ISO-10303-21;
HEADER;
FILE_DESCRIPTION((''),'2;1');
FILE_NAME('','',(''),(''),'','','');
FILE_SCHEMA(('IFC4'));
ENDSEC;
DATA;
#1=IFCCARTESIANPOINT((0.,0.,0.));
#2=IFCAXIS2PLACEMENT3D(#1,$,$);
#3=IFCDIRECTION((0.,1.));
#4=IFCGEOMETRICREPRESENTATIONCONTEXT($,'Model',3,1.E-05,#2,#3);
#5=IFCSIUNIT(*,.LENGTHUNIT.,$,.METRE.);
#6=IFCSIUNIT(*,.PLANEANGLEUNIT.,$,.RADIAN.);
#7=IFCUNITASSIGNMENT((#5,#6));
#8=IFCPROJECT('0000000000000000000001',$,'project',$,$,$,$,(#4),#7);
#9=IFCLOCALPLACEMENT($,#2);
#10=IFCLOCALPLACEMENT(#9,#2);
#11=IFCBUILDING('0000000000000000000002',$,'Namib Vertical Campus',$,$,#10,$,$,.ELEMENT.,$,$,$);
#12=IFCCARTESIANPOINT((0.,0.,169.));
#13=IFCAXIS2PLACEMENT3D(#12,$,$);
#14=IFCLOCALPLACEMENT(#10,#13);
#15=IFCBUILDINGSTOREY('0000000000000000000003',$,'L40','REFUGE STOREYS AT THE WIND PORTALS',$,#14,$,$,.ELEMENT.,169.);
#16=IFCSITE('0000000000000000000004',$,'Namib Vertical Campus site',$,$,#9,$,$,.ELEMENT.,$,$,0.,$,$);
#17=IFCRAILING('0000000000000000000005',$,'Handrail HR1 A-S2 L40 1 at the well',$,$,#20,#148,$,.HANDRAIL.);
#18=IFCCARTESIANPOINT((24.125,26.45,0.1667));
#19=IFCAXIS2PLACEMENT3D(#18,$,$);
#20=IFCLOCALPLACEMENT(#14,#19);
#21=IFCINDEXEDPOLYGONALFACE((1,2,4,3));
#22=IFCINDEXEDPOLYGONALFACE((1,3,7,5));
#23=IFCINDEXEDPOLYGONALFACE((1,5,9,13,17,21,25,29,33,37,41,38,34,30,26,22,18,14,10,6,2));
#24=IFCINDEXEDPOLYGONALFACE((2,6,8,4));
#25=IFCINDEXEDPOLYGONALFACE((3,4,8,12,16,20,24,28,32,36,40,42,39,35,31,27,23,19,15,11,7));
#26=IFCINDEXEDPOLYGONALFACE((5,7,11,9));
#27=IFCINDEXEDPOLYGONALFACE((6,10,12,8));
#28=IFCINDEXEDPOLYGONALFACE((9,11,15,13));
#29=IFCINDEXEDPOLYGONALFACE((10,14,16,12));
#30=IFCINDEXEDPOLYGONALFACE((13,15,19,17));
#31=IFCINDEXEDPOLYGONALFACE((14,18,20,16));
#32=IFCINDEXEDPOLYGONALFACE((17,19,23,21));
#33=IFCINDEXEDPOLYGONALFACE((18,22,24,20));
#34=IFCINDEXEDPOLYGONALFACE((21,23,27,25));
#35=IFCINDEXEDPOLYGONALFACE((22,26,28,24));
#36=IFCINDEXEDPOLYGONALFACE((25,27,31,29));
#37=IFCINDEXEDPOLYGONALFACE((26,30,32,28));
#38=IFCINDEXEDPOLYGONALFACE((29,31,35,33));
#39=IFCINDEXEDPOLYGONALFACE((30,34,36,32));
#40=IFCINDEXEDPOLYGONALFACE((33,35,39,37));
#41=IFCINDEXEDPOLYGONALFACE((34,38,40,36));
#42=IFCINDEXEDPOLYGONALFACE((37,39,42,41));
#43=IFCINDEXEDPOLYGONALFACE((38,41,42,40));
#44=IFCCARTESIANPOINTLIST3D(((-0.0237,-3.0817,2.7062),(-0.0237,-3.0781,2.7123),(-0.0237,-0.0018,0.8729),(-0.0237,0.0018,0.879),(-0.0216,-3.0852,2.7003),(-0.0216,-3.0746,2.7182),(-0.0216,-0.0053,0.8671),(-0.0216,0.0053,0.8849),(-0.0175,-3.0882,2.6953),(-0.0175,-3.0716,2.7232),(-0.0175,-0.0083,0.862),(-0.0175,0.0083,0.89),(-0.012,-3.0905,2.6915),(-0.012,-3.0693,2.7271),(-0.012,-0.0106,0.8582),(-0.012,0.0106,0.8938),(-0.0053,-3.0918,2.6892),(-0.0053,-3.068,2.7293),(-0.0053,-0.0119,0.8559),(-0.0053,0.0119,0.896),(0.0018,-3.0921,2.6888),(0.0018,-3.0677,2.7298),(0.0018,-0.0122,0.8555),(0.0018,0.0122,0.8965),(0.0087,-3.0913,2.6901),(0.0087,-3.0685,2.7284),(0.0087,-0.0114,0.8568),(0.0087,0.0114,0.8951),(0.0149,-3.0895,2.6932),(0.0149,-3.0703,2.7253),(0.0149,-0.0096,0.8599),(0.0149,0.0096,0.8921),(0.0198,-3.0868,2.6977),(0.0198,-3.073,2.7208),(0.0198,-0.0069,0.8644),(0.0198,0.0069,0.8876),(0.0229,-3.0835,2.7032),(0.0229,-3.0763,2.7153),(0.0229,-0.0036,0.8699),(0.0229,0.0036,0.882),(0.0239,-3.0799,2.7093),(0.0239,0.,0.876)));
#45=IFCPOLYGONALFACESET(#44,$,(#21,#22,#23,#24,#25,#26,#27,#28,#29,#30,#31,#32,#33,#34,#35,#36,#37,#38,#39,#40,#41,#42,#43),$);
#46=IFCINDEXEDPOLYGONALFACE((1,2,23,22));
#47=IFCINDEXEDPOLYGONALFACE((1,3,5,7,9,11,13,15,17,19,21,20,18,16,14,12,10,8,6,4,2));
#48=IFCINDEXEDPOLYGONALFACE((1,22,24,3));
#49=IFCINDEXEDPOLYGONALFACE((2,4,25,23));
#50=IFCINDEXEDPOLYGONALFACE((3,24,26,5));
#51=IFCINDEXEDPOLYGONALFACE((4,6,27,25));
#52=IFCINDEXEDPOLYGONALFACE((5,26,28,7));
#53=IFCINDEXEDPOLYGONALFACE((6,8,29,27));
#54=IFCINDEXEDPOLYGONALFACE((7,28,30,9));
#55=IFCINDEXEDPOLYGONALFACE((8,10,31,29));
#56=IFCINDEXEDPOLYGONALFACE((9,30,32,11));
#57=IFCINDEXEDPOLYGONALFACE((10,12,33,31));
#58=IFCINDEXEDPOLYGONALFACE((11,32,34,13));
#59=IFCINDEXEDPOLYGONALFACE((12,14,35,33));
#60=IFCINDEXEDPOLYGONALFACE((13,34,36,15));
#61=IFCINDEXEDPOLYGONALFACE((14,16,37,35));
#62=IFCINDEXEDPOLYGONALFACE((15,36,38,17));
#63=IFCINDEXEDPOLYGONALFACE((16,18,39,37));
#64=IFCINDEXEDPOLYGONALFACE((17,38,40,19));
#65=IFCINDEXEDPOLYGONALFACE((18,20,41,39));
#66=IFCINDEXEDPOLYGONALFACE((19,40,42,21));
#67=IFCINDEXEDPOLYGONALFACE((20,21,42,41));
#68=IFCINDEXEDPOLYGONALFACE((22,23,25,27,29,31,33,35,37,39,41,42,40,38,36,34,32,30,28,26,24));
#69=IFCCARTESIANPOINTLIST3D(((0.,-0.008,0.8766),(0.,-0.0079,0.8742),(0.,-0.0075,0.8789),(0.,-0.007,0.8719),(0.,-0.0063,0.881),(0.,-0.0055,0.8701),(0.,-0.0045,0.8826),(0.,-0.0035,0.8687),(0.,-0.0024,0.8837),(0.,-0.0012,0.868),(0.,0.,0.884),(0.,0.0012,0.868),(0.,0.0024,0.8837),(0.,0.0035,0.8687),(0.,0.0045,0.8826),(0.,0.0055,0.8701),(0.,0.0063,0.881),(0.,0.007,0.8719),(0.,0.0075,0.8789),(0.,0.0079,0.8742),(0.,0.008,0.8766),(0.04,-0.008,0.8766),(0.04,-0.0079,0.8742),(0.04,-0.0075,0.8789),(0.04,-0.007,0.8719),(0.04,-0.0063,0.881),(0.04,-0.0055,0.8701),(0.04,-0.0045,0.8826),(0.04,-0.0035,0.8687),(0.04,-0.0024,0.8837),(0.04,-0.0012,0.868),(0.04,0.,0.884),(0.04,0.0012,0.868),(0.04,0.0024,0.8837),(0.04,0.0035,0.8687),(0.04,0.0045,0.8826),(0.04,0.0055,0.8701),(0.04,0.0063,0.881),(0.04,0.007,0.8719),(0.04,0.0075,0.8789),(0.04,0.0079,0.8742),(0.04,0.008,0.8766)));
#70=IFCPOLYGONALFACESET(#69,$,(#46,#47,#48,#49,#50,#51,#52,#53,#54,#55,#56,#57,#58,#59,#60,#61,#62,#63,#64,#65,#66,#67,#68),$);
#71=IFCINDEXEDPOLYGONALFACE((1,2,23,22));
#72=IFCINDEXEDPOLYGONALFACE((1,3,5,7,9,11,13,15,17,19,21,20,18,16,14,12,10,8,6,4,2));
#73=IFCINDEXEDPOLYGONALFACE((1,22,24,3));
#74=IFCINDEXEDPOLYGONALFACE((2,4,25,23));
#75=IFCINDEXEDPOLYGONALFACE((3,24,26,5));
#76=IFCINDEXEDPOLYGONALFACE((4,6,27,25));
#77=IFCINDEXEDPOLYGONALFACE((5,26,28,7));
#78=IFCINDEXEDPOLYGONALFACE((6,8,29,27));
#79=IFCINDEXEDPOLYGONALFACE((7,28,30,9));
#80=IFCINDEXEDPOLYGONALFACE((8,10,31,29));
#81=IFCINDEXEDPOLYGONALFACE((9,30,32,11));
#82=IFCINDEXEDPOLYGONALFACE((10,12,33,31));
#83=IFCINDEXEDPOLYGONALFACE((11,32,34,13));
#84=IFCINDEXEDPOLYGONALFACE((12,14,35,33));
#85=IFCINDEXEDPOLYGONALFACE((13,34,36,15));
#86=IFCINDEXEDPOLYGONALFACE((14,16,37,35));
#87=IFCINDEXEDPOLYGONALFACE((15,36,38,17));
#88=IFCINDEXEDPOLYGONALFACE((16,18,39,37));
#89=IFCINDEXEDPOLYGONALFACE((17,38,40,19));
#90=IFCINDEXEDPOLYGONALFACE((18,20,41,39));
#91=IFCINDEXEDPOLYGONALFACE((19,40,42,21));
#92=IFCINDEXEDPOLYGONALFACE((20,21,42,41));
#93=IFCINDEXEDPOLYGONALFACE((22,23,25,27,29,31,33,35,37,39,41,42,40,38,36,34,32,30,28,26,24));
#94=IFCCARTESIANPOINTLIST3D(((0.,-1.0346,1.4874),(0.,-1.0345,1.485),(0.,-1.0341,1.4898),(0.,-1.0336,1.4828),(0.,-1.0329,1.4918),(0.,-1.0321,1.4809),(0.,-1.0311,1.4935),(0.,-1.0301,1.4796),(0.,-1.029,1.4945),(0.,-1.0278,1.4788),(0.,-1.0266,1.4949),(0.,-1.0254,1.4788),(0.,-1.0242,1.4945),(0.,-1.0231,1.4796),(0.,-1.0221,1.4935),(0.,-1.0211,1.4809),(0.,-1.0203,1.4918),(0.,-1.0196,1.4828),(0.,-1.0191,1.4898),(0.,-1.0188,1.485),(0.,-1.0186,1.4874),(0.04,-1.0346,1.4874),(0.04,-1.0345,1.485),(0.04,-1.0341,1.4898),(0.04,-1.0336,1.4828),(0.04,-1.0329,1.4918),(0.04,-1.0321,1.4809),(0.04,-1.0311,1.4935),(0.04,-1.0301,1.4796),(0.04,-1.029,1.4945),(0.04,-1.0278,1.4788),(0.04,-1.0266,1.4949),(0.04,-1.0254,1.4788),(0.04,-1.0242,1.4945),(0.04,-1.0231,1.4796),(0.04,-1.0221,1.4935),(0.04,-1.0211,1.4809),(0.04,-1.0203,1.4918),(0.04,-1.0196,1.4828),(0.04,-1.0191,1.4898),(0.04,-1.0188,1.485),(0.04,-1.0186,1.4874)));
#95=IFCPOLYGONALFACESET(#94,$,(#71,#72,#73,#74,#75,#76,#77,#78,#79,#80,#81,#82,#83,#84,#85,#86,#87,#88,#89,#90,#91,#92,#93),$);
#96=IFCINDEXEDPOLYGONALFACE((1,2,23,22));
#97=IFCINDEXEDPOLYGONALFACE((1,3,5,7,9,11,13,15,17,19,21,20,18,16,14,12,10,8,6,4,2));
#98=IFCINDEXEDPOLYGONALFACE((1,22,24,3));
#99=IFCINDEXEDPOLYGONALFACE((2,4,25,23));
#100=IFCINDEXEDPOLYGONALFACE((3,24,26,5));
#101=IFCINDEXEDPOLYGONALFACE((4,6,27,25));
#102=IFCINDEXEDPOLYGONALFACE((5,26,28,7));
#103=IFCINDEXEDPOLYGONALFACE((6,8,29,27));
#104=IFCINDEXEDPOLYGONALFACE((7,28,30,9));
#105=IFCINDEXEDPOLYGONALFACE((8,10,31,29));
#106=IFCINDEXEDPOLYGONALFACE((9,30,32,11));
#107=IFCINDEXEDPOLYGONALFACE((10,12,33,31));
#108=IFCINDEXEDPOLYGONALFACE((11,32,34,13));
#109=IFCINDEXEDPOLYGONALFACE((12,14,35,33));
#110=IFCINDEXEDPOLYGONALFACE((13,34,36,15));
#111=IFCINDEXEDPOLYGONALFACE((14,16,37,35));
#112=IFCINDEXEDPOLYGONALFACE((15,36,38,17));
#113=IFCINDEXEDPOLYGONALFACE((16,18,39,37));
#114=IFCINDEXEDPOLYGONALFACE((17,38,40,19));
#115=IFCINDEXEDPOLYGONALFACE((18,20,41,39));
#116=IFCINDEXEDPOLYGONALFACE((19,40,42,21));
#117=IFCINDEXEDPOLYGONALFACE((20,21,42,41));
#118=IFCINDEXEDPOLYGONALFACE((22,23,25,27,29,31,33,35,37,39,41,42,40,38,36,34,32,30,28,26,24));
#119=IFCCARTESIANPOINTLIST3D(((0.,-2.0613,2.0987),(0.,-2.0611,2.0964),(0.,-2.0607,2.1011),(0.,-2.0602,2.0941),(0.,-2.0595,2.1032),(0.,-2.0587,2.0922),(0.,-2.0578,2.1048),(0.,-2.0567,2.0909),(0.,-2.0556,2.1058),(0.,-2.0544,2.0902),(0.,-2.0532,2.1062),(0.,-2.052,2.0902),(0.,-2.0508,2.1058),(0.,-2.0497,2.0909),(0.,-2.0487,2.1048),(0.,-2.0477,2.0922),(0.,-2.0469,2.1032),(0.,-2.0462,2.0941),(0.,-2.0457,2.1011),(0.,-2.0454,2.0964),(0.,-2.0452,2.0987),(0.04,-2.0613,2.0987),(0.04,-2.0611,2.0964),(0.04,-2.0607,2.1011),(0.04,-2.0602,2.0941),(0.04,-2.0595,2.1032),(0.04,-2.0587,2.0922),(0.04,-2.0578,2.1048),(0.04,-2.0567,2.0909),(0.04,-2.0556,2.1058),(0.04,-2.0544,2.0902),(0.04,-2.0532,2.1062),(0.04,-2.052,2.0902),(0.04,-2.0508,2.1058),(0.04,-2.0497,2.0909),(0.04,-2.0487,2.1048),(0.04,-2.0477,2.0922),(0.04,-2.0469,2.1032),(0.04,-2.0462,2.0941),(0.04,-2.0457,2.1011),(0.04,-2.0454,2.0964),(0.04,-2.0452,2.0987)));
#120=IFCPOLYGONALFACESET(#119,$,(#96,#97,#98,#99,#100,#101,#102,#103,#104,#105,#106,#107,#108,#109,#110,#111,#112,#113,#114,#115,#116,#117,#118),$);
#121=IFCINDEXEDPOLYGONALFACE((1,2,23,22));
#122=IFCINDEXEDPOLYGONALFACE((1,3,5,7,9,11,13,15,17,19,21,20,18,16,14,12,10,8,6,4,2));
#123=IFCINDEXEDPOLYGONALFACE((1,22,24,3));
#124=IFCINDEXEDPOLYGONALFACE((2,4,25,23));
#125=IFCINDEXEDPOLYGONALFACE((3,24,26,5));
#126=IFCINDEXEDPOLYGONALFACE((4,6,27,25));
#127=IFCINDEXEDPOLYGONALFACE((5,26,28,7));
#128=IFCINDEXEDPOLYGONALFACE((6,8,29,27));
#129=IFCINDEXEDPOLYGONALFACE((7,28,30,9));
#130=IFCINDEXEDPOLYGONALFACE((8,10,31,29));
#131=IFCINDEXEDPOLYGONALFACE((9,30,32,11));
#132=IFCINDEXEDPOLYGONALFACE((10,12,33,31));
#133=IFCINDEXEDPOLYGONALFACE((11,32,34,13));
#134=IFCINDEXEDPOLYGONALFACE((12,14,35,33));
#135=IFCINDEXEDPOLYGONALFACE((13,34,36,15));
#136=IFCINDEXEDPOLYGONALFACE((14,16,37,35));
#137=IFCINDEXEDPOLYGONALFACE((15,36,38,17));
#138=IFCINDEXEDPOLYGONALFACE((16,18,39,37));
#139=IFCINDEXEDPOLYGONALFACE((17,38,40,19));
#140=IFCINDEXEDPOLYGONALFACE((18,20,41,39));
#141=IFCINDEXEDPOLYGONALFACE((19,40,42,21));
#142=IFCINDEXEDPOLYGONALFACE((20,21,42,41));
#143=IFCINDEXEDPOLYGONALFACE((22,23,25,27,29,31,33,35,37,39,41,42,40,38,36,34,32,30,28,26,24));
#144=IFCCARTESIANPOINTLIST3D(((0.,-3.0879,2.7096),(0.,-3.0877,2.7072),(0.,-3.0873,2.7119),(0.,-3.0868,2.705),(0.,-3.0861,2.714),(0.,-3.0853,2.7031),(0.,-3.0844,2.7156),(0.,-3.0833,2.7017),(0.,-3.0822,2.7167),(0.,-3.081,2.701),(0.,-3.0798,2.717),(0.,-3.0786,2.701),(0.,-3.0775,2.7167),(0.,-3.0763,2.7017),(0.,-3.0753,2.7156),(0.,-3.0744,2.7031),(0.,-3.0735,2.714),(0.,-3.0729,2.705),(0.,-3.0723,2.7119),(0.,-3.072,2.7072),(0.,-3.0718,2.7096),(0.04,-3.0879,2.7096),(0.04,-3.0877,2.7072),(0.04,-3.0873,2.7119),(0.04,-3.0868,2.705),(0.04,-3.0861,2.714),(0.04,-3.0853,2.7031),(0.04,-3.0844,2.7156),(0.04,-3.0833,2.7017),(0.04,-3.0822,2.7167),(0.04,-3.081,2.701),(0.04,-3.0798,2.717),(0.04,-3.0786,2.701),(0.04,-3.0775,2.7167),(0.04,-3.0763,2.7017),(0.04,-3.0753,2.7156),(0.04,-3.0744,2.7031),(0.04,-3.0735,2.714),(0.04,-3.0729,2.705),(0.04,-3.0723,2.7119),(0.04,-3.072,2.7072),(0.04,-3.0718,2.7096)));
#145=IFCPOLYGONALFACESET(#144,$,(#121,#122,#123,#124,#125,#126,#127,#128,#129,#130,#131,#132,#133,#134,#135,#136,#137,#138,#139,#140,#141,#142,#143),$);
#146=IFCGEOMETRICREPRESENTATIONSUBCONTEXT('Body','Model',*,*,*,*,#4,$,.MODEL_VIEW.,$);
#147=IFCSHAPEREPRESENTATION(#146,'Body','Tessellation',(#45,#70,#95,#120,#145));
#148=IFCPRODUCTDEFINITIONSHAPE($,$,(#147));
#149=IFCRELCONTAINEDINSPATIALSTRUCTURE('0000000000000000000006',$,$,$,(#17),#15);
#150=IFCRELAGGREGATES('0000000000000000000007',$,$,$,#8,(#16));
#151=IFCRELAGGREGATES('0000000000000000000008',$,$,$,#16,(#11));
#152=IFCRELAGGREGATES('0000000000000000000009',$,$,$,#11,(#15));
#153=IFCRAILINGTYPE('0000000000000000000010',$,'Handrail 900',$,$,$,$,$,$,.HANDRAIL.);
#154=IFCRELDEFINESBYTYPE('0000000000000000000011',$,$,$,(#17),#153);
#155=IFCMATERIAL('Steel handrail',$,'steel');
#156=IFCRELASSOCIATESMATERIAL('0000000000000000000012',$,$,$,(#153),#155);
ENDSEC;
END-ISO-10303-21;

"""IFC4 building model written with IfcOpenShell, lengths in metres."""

from ifc_helpers import new_model, si_unit, direction, frame, origin, origin_2d, place, context, subcontext, project, spatial, circle, extrude, material, type_object, element, save


model = new_model("IFC4")

# Units and contexts
model_context = context("Model", 3, precision=1e-05, world=origin(), true_north=direction((0.0, 1.0)))
body_context = subcontext(model_context, "Body", "Model", "MODEL_VIEW")
ifc_project = project(units=[si_unit("LENGTHUNIT", "METRE"), si_unit("PLANEANGLEUNIT", "RADIAN")], contexts=[model_context])

# Site, building, storey
site_placement = place(None, origin())
site = spatial("IfcSite", under=ifc_project, at=site_placement, Name="Namib Vertical Campus site", CompositionType="ELEMENT", RefElevation=0.0)
building_placement = place(site_placement, origin())
building = spatial("IfcBuilding", under=site, at=building_placement, Name="Namib Vertical Campus", CompositionType="ELEMENT")
storey_placement = place(building_placement, frame((0.0, 0.0, 169.0)))
storey = spatial("IfcBuildingStorey", under=building, at=storey_placement, Name="L40", Description="REFUGE STOREYS AT THE WIND PORTALS", CompositionType="ELEMENT", Elevation=169.0)

# Railing
ifc_material_1 = material(Name="Steel handrail", Category="steel")
railing_type_1 = type_object("IfcRailingType", Name="Handrail 900", PredefinedType="HANDRAIL", material=ifc_material_1)
railing_1_placement = place(storey_placement, frame((24.125, 26.45, 0.1667)))
element("IfcRailing", 1, at=railing_1_placement, inside=storey, type_object=railing_type_1, Name="Handrail HR1 A-S2 L40 1 at the well", PredefinedType="HANDRAIL", context=body_context, shape_type="SweptSolid", body=[
    extrude(circle(Radius=0.0239, at=origin_2d()), frame((0.0, 0.0, 0.876), z_axis=(0.0, -0.859291, 0.511487), x_axis=(1.0, 0.0, 0.0)), (0.0, 0.0, 1.0), 3.5842),
    extrude(circle(Radius=0.0081, at=origin_2d()), frame((0.0, 0.0, 0.876), z_axis=(1.0, 0.0, 0.0), x_axis=(0.0, 0.0, 1.0)), (0.0, 0.0, 1.0), 0.04),
    extrude(circle(Radius=0.0081, at=origin_2d()), frame((0.0, -1.0266, 1.4868), z_axis=(1.0, 0.0, 0.0), x_axis=(0.0, 0.0, 1.0)), (0.0, 0.0, 1.0), 0.04),
    extrude(circle(Radius=0.0081, at=origin_2d()), frame((0.0, -2.0532, 2.0981), z_axis=(1.0, 0.0, 0.0), x_axis=(0.0, 0.0, 1.0)), (0.0, 0.0, 1.0), 0.04),
    extrude(circle(Radius=0.0081, at=origin_2d()), frame((0.0, -3.0798, 2.709), z_axis=(1.0, 0.0, 0.0), x_axis=(0.0, 0.0, 1.0)), (0.0, 0.0, 1.0), 0.04),
])

save(model, "model.ifc")
